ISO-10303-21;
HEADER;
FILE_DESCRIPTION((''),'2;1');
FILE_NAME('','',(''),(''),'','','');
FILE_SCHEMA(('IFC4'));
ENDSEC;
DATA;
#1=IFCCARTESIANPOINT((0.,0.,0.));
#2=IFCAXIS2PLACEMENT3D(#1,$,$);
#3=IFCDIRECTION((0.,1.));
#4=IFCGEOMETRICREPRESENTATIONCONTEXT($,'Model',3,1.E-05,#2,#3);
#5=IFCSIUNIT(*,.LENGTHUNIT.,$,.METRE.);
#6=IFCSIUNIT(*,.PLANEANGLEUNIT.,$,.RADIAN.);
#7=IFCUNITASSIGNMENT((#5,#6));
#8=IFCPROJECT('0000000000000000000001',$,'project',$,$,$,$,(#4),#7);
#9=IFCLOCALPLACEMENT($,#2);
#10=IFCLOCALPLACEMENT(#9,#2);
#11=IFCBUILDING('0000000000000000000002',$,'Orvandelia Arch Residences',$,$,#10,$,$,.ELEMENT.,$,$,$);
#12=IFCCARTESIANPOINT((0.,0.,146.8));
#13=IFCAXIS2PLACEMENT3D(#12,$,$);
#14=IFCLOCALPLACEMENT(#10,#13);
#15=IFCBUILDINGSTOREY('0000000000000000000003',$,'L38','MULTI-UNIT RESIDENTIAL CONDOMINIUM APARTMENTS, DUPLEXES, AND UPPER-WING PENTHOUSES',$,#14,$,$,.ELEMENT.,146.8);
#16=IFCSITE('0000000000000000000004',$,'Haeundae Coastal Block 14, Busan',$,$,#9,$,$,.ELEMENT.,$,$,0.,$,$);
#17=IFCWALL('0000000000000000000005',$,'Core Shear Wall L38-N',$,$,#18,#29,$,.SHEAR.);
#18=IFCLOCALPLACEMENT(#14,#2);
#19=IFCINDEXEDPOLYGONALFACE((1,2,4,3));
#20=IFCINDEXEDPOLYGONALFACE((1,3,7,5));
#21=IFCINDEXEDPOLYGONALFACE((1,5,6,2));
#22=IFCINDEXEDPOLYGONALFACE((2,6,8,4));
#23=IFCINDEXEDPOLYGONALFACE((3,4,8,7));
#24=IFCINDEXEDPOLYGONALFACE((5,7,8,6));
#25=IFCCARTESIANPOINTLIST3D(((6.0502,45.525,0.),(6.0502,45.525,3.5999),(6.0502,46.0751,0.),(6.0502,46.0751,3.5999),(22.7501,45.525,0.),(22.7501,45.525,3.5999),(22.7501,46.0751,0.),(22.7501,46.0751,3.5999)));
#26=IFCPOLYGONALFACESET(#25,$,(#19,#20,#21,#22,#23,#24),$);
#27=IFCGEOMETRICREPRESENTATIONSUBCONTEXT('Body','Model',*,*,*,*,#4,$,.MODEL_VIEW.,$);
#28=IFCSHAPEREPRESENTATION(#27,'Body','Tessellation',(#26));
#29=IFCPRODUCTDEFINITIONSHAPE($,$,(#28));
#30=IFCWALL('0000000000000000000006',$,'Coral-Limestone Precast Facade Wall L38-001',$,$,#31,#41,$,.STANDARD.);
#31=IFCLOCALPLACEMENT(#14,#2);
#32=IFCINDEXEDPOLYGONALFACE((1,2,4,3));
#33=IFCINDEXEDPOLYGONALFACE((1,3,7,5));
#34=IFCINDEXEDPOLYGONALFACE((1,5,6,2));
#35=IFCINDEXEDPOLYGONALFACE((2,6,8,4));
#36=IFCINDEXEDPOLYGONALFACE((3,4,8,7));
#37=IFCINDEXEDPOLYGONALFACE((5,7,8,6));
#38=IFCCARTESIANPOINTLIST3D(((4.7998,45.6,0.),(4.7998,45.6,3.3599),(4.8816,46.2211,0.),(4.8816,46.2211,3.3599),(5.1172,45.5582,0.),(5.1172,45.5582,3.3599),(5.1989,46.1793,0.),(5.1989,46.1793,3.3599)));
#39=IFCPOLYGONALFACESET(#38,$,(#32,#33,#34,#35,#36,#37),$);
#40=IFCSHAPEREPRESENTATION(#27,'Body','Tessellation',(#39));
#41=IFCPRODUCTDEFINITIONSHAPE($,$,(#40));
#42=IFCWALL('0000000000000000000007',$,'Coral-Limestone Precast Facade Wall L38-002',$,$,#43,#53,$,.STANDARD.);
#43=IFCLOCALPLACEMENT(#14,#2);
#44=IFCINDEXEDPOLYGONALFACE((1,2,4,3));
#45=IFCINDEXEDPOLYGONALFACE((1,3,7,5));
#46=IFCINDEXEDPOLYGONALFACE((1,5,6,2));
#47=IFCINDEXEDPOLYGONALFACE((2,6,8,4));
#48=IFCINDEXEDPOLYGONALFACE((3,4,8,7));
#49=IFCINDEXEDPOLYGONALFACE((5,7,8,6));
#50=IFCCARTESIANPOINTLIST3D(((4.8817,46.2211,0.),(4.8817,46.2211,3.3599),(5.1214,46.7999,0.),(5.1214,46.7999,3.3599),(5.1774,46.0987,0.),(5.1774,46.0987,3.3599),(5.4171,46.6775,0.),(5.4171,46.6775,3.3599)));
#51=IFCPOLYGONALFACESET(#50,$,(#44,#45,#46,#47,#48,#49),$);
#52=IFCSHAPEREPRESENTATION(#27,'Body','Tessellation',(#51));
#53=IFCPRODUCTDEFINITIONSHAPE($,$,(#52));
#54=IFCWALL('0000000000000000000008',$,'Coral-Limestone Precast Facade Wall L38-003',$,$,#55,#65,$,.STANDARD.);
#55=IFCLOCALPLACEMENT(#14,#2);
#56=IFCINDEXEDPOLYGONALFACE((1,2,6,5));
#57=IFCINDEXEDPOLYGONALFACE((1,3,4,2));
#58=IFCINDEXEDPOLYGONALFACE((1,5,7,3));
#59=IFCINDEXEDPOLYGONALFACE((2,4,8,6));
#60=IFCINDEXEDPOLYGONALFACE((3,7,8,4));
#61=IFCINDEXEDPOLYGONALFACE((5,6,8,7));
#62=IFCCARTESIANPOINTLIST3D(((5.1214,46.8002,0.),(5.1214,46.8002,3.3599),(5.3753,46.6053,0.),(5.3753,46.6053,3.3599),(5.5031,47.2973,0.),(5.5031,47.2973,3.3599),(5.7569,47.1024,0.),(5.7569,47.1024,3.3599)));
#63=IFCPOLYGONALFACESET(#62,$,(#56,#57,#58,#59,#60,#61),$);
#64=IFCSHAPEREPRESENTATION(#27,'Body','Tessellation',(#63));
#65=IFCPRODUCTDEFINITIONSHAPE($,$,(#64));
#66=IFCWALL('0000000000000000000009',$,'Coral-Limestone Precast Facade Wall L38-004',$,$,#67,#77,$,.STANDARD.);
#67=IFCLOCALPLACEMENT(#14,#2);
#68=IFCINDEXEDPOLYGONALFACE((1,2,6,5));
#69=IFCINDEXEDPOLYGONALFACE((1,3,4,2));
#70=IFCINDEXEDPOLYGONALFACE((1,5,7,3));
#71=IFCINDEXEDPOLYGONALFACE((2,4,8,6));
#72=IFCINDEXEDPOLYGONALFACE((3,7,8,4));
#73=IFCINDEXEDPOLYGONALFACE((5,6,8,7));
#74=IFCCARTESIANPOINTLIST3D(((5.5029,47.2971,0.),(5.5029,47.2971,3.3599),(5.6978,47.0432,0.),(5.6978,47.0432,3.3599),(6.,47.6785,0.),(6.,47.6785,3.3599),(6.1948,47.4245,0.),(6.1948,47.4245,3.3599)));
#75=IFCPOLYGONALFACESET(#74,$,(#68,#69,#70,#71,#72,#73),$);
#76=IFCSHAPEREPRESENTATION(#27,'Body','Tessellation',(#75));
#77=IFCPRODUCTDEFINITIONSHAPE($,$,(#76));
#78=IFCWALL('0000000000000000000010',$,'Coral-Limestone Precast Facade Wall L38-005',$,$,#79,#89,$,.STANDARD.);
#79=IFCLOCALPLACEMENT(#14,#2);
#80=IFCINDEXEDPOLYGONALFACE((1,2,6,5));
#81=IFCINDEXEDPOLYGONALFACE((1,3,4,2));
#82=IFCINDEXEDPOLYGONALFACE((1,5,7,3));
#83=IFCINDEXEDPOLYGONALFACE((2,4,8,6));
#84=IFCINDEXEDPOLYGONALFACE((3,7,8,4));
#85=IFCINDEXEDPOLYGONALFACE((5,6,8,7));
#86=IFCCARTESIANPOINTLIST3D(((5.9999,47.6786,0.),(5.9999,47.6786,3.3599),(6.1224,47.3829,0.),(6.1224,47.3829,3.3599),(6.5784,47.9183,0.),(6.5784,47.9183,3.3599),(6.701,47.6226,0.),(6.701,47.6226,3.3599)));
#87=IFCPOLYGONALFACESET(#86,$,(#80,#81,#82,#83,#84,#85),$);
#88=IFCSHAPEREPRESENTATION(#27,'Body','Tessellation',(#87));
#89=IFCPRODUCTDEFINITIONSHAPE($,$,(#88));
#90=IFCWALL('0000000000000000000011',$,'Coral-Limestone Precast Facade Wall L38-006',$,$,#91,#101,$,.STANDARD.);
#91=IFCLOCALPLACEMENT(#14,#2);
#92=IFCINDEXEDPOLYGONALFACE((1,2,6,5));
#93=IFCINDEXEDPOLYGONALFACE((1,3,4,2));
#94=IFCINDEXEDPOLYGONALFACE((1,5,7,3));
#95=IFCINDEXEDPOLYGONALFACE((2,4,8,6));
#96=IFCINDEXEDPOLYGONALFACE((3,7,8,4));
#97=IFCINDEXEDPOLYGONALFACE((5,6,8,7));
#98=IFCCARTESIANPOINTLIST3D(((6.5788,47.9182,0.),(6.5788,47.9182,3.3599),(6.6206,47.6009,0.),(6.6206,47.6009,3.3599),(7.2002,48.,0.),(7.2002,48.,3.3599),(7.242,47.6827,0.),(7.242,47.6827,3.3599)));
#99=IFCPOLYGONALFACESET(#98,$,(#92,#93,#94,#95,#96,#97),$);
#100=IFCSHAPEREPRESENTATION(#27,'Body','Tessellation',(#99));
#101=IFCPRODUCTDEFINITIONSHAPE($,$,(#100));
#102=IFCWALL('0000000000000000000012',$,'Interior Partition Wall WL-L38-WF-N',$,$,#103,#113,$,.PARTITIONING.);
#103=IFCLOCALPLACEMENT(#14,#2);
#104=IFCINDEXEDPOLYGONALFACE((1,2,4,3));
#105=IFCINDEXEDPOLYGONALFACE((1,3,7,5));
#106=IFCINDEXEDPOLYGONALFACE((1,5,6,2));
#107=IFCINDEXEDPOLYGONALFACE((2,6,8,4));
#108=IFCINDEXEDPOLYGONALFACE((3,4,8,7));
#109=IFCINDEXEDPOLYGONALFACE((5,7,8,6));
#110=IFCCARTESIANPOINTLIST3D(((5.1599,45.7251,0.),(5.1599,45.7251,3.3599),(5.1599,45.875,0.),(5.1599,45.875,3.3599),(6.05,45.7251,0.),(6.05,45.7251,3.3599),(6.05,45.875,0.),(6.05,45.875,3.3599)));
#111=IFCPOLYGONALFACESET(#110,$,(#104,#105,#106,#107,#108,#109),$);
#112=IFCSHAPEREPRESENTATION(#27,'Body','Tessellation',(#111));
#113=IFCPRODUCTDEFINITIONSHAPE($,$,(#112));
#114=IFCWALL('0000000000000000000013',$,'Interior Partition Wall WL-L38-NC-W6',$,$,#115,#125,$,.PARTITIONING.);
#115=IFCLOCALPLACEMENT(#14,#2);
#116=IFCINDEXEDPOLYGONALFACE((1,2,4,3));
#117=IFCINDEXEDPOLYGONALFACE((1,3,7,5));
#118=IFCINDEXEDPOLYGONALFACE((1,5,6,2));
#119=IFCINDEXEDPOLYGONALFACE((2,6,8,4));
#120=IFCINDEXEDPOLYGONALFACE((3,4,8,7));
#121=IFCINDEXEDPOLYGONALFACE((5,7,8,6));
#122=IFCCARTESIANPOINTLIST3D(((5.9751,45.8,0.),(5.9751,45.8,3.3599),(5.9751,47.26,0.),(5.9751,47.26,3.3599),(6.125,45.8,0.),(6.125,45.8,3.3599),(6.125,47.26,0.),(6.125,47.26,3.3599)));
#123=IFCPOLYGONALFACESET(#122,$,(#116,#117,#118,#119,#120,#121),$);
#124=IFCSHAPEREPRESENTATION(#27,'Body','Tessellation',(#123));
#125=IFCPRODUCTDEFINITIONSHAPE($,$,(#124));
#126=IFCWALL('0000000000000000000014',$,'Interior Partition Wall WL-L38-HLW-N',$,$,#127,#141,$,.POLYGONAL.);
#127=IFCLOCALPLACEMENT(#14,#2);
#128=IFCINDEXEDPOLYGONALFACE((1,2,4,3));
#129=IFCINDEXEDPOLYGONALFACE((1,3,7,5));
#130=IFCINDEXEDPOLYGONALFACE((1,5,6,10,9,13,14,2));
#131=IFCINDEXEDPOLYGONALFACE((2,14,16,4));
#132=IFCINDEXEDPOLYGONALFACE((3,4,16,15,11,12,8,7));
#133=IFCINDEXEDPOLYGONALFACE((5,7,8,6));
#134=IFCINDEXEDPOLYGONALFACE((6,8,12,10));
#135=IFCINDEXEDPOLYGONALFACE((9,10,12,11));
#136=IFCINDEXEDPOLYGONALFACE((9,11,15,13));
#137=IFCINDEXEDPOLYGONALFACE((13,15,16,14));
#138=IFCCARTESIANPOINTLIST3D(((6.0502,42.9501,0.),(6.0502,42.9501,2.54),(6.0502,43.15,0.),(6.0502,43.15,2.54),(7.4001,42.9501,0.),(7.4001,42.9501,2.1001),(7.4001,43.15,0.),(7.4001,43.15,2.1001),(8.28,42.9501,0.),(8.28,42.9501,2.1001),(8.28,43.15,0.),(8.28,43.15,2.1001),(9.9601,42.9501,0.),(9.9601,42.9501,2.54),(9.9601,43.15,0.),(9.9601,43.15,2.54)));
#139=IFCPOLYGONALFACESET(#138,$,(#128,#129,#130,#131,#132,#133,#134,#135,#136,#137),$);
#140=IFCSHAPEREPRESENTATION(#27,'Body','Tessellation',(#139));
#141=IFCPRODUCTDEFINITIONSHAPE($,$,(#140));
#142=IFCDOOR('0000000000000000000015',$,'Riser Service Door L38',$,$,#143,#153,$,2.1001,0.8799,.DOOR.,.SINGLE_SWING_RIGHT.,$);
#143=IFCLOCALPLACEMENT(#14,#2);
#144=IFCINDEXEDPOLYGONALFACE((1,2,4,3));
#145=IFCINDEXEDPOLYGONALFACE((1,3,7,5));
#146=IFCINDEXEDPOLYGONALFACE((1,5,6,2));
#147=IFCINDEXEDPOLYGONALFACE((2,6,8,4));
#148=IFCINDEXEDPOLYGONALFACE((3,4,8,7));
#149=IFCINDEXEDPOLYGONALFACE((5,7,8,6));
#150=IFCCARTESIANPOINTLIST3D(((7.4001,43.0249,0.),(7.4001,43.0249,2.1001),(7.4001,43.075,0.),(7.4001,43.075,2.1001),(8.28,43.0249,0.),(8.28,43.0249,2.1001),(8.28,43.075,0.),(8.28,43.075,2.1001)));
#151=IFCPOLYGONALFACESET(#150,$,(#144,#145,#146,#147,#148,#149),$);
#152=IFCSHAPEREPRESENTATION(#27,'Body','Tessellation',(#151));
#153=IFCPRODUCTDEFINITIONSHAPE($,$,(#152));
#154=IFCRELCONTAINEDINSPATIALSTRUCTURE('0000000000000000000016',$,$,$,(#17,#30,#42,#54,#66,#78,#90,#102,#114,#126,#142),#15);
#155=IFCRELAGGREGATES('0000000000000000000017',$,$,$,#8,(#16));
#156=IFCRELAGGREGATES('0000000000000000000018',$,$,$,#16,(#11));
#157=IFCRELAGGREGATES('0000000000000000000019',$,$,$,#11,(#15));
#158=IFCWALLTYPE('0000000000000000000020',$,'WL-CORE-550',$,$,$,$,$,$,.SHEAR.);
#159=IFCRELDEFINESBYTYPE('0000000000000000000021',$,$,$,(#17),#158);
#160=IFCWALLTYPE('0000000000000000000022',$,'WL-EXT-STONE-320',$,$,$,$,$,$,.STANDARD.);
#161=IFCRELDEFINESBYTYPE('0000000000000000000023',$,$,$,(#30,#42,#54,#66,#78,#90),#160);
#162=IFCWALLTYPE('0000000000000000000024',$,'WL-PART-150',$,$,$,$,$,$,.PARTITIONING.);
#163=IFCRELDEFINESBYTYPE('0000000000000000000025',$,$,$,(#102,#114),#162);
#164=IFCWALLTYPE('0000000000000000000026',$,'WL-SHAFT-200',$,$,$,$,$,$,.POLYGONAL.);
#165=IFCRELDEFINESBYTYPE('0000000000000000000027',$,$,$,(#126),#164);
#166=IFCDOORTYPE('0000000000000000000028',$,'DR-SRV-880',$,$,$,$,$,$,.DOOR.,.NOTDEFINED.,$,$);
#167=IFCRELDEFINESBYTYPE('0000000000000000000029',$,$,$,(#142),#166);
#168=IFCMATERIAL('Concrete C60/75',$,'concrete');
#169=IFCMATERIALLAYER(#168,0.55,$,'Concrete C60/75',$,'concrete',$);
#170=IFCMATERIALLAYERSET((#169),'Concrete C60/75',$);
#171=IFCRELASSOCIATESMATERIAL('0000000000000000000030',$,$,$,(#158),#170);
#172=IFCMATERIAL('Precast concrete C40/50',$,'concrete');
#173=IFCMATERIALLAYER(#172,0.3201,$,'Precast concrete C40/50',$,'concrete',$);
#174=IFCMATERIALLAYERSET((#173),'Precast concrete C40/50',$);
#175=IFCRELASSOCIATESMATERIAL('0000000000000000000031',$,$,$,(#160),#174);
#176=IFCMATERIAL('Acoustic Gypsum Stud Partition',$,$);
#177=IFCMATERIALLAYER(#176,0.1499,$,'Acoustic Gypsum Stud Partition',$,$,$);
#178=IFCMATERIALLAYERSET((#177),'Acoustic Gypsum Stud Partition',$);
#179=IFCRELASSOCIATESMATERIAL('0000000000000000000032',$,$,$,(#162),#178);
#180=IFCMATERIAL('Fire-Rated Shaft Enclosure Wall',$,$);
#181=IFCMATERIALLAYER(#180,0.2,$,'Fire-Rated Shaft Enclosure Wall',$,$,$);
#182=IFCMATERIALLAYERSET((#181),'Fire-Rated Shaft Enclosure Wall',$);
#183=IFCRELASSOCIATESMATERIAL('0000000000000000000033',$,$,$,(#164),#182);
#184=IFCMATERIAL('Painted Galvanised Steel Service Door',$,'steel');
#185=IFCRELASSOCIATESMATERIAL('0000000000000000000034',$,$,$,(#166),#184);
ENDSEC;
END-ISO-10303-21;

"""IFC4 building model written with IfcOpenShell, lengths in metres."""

from ifc_helpers import new_model, si_unit, direction, frame, frame_2d, origin, place, context, subcontext, project, spatial, rectangle, extrude, material, layer, layer_set, type_object, element, fill, save


model = new_model("IFC4")

# Units and contexts
model_context = context("Model", 3, precision=1e-05, world=origin(), true_north=direction((0.0, 1.0)))
body_context = subcontext(model_context, "Body", "Model", "MODEL_VIEW")
ifc_project = project(units=[si_unit("LENGTHUNIT", "METRE"), si_unit("PLANEANGLEUNIT", "RADIAN")], contexts=[model_context])

# Site, building, storey
site_placement = place(None, origin())
site = spatial("IfcSite", under=ifc_project, at=site_placement, Name="Haeundae Coastal Block 14, Busan", CompositionType="ELEMENT", RefElevation=0.0)
building_placement = place(site_placement, origin())
building = spatial("IfcBuilding", under=site, at=building_placement, Name="Orvandelia Arch Residences", CompositionType="ELEMENT")
storey_placement = place(building_placement, frame((0.0, 0.0, 146.8)))
storey = spatial("IfcBuildingStorey", under=building, at=storey_placement, Name="L38", Description="MULTI-UNIT RESIDENTIAL CONDOMINIUM APARTMENTS, DUPLEXES, AND UPPER-WING PENTHOUSES", CompositionType="ELEMENT", Elevation=146.8)

# Shared definitions
ifc_material_1 = material(Name="Concrete C60/75", Category="concrete")

# Walls
ifc_layer_1 = layer(ifc_material_1, 0.55, Name="Concrete C60/75", Category="concrete")
ifc_layer_set_1 = layer_set([ifc_layer_1], Name="Concrete C60/75")
wall_type_1 = type_object("IfcWallType", Name="WL-CORE-550", PredefinedType="SHEAR", material=ifc_layer_set_1)
wall_1_placement = place(storey_placement, frame((6.05, 45.8, 0.0), z_axis=(0.0, 0.0, 1.0), x_axis=(1.0, 0.0, 0.0)))
element("IfcWall", 1, at=wall_1_placement, inside=storey, type_object=wall_type_1, Name="Core Shear Wall L38-N", PredefinedType="SHEAR", context=body_context, shape_type="SweptSolid", body=[
    extrude(rectangle(XDim=16.7, YDim=0.55, at=frame_2d((8.3501, 0.0))), origin(), (0.0, 0.0, 1.0), 3.5999),
])
ifc_material_2 = material(Name="Precast concrete C40/50", Category="concrete")
ifc_layer_2 = layer(ifc_material_2, 0.3201, Name="Precast concrete C40/50", Category="concrete")
ifc_layer_set_2 = layer_set([ifc_layer_2], Name="Precast concrete C40/50")
wall_type_2 = type_object("IfcWallType", Name="WL-EXT-STONE-320", PredefinedType="STANDARD", material=ifc_layer_set_2)
for number, where, z_axis, x_axis, name in (
    (2, (4.9585, 45.5791, 0.0), (0.0, 0.0, 1.0), (0.130555, 0.991441, 0.0), "Coral-Limestone Precast Facade Wall L38-001"),
    (3, (5.0295, 46.1599, 0.0), (0.0, 0.0, 1.0), (0.38265, 0.923893, 0.0), "Coral-Limestone Precast Facade Wall L38-002"),
):
    element("IfcWall", number, at=place(storey_placement, frame(where, z_axis=z_axis, x_axis=x_axis)), inside=storey, type_object=wall_type_2, Name=name, PredefinedType="STANDARD", context=body_context, shape_type="SweptSolid", body=[
        extrude(rectangle(XDim=0.6265, YDim=0.3201, at=frame_2d((0.3132, 0.0))), origin(), (0.0, 0.0, 1.0), 3.3599),
    ])
wall_2_placement = place(storey_placement, frame((5.2483, 46.7026, 0.0), z_axis=(0.0, 0.0, 1.0), x_axis=(0.608939, 0.793217, 0.0)))
element("IfcWall", 4, at=wall_2_placement, inside=storey, type_object=wall_type_2, Name="Coral-Limestone Precast Facade Wall L38-003", PredefinedType="STANDARD", context=body_context, shape_type="SweptSolid", body=[
    extrude(rectangle(XDim=0.6267, YDim=0.3201, at=frame_2d((0.3135, 0.0))), origin(), (0.0, 0.0, 1.0), 3.3599),
])
wall_3_placement = place(storey_placement, frame((5.6003, 47.1702, 0.0), z_axis=(0.0, 0.0, 1.0), x_axis=(0.793406, 0.608693, 0.0)))
element("IfcWall", 5, at=wall_3_placement, inside=storey, type_object=wall_type_2, Name="Coral-Limestone Precast Facade Wall L38-004", PredefinedType="STANDARD", context=body_context, shape_type="SweptSolid", body=[
    extrude(rectangle(XDim=0.6265, YDim=0.3201, at=frame_2d((0.3132, 0.0))), origin(), (0.0, 0.0, 1.0), 3.3599),
])
wall_4_placement = place(storey_placement, frame((6.0613, 47.5308, 0.0), z_axis=(0.0, 0.0, 1.0), x_axis=(0.923836, 0.382788, 0.0)))
element("IfcWall", 6, at=wall_4_placement, inside=storey, type_object=wall_type_2, Name="Coral-Limestone Precast Facade Wall L38-005", PredefinedType="STANDARD", context=body_context, shape_type="SweptSolid", body=[
    extrude(rectangle(XDim=0.6262, YDim=0.3201, at=frame_2d((0.313, 0.0))), origin(), (0.0, 0.0, 1.0), 3.3599),
])
wall_5_placement = place(storey_placement, frame((6.5996, 47.7595, 0.0), z_axis=(0.0, 0.0, 1.0), x_axis=(0.991448, 0.130505, 0.0)))
element("IfcWall", 7, at=wall_5_placement, inside=storey, type_object=wall_type_2, Name="Coral-Limestone Precast Facade Wall L38-006", PredefinedType="STANDARD", context=body_context, shape_type="SweptSolid", body=[
    extrude(rectangle(XDim=0.6267, YDim=0.3201, at=frame_2d((0.3135, 0.0))), origin(), (0.0, 0.0, 1.0), 3.3599),
])
ifc_material_3 = material(Name="Acoustic Gypsum Stud Partition")
ifc_layer_3 = layer(ifc_material_3, 0.1499, Name="Acoustic Gypsum Stud Partition")
ifc_layer_set_3 = layer_set([ifc_layer_3], Name="Acoustic Gypsum Stud Partition")
wall_type_3 = type_object("IfcWallType", Name="WL-PART-150", PredefinedType="PARTITIONING", material=ifc_layer_set_3)
wall_6_placement = place(storey_placement, frame((5.1599, 45.8, 0.0), z_axis=(0.0, 0.0, 1.0), x_axis=(1.0, 0.0, 0.0)))
element("IfcWall", 8, at=wall_6_placement, inside=storey, type_object=wall_type_3, Name="Interior Partition Wall WL-L38-WF-N", PredefinedType="PARTITIONING", context=body_context, shape_type="SweptSolid", body=[
    extrude(rectangle(XDim=0.8901, YDim=0.1499, at=frame_2d((0.4451, 0.0))), origin(), (0.0, 0.0, 1.0), 3.3599),
])
wall_7_placement = place(storey_placement, frame((6.05, 45.8, 0.0), z_axis=(0.0, 0.0, 1.0), x_axis=(0.0, 1.0, 0.0)))
element("IfcWall", 9, at=wall_7_placement, inside=storey, type_object=wall_type_3, Name="Interior Partition Wall WL-L38-NC-W6", PredefinedType="PARTITIONING", context=body_context, shape_type="SweptSolid", body=[
    extrude(rectangle(XDim=1.46, YDim=0.1499, at=frame_2d((0.73, 0.0))), origin(), (0.0, 0.0, 1.0), 3.3599),
])

# Wall, opening, door
ifc_material_4 = material(Name="Fire-Rated Shaft Enclosure Wall")
ifc_layer_4 = layer(ifc_material_4, 0.2, Name="Fire-Rated Shaft Enclosure Wall")
ifc_layer_set_4 = layer_set([ifc_layer_4], Name="Fire-Rated Shaft Enclosure Wall")
wall_type_4 = type_object("IfcWallType", Name="WL-SHAFT-200", PredefinedType="POLYGONAL", material=ifc_layer_set_4)
wall_8_placement = place(storey_placement, frame((6.05, 43.05, 0.0), z_axis=(0.0, 0.0, 1.0), x_axis=(1.0, 0.0, 0.0)))
wall_8 = element("IfcWall", 10, at=wall_8_placement, inside=storey, type_object=wall_type_4, Name="Interior Partition Wall WL-L38-HLW-N", PredefinedType="POLYGONAL", context=body_context, shape_type="SweptSolid", body=[
    extrude(rectangle(XDim=3.9099, YDim=0.2, at=frame_2d((1.9551, 0.0))), origin(), (0.0, 0.0, 1.0), 2.54),
])
opening_placement = place(wall_8_placement, frame((1.3501, 0.0, 0.0)))
opening = element("IfcOpeningElement", 11, at=opening_placement, cuts=wall_8, PredefinedType="OPENING", context=body_context, shape_type="SweptSolid", body=[
    extrude(rectangle(XDim=0.8799, YDim=2.1001, at=frame_2d((0.4399, 1.05))), frame((0.0, 0.1099, 0.0), z_axis=(0.0, -1.0, 0.0), x_axis=(1.0, 0.0, 0.0)), (0.0, 0.0, 1.0), 0.22),
])
ifc_material_5 = material(Name="Painted Galvanised Steel Service Door", Category="steel")
door_type = type_object("IfcDoorType", Name="DR-SRV-880", OperationType="NOTDEFINED", PredefinedType="DOOR", material=ifc_material_5)
door_placement = place(opening_placement, origin())
door = element("IfcDoor", 12, at=door_placement, inside=storey, type_object=door_type, Name="Riser Service Door L38", OperationType="SINGLE_SWING_RIGHT", OverallHeight=2.1001, OverallWidth=0.8799, PredefinedType="DOOR", context=body_context, shape_type="SweptSolid", body=[
    extrude(rectangle(XDim=0.8799, YDim=2.1001, at=frame_2d((0.4399, 1.05))), frame((0.0, 0.0249, 0.0), z_axis=(0.0, -1.0, 0.0), x_axis=(1.0, 0.0, 0.0)), (0.0, 0.0, 1.0), 0.05),
])
fill(opening, door)

save(model, "model.ifc")
